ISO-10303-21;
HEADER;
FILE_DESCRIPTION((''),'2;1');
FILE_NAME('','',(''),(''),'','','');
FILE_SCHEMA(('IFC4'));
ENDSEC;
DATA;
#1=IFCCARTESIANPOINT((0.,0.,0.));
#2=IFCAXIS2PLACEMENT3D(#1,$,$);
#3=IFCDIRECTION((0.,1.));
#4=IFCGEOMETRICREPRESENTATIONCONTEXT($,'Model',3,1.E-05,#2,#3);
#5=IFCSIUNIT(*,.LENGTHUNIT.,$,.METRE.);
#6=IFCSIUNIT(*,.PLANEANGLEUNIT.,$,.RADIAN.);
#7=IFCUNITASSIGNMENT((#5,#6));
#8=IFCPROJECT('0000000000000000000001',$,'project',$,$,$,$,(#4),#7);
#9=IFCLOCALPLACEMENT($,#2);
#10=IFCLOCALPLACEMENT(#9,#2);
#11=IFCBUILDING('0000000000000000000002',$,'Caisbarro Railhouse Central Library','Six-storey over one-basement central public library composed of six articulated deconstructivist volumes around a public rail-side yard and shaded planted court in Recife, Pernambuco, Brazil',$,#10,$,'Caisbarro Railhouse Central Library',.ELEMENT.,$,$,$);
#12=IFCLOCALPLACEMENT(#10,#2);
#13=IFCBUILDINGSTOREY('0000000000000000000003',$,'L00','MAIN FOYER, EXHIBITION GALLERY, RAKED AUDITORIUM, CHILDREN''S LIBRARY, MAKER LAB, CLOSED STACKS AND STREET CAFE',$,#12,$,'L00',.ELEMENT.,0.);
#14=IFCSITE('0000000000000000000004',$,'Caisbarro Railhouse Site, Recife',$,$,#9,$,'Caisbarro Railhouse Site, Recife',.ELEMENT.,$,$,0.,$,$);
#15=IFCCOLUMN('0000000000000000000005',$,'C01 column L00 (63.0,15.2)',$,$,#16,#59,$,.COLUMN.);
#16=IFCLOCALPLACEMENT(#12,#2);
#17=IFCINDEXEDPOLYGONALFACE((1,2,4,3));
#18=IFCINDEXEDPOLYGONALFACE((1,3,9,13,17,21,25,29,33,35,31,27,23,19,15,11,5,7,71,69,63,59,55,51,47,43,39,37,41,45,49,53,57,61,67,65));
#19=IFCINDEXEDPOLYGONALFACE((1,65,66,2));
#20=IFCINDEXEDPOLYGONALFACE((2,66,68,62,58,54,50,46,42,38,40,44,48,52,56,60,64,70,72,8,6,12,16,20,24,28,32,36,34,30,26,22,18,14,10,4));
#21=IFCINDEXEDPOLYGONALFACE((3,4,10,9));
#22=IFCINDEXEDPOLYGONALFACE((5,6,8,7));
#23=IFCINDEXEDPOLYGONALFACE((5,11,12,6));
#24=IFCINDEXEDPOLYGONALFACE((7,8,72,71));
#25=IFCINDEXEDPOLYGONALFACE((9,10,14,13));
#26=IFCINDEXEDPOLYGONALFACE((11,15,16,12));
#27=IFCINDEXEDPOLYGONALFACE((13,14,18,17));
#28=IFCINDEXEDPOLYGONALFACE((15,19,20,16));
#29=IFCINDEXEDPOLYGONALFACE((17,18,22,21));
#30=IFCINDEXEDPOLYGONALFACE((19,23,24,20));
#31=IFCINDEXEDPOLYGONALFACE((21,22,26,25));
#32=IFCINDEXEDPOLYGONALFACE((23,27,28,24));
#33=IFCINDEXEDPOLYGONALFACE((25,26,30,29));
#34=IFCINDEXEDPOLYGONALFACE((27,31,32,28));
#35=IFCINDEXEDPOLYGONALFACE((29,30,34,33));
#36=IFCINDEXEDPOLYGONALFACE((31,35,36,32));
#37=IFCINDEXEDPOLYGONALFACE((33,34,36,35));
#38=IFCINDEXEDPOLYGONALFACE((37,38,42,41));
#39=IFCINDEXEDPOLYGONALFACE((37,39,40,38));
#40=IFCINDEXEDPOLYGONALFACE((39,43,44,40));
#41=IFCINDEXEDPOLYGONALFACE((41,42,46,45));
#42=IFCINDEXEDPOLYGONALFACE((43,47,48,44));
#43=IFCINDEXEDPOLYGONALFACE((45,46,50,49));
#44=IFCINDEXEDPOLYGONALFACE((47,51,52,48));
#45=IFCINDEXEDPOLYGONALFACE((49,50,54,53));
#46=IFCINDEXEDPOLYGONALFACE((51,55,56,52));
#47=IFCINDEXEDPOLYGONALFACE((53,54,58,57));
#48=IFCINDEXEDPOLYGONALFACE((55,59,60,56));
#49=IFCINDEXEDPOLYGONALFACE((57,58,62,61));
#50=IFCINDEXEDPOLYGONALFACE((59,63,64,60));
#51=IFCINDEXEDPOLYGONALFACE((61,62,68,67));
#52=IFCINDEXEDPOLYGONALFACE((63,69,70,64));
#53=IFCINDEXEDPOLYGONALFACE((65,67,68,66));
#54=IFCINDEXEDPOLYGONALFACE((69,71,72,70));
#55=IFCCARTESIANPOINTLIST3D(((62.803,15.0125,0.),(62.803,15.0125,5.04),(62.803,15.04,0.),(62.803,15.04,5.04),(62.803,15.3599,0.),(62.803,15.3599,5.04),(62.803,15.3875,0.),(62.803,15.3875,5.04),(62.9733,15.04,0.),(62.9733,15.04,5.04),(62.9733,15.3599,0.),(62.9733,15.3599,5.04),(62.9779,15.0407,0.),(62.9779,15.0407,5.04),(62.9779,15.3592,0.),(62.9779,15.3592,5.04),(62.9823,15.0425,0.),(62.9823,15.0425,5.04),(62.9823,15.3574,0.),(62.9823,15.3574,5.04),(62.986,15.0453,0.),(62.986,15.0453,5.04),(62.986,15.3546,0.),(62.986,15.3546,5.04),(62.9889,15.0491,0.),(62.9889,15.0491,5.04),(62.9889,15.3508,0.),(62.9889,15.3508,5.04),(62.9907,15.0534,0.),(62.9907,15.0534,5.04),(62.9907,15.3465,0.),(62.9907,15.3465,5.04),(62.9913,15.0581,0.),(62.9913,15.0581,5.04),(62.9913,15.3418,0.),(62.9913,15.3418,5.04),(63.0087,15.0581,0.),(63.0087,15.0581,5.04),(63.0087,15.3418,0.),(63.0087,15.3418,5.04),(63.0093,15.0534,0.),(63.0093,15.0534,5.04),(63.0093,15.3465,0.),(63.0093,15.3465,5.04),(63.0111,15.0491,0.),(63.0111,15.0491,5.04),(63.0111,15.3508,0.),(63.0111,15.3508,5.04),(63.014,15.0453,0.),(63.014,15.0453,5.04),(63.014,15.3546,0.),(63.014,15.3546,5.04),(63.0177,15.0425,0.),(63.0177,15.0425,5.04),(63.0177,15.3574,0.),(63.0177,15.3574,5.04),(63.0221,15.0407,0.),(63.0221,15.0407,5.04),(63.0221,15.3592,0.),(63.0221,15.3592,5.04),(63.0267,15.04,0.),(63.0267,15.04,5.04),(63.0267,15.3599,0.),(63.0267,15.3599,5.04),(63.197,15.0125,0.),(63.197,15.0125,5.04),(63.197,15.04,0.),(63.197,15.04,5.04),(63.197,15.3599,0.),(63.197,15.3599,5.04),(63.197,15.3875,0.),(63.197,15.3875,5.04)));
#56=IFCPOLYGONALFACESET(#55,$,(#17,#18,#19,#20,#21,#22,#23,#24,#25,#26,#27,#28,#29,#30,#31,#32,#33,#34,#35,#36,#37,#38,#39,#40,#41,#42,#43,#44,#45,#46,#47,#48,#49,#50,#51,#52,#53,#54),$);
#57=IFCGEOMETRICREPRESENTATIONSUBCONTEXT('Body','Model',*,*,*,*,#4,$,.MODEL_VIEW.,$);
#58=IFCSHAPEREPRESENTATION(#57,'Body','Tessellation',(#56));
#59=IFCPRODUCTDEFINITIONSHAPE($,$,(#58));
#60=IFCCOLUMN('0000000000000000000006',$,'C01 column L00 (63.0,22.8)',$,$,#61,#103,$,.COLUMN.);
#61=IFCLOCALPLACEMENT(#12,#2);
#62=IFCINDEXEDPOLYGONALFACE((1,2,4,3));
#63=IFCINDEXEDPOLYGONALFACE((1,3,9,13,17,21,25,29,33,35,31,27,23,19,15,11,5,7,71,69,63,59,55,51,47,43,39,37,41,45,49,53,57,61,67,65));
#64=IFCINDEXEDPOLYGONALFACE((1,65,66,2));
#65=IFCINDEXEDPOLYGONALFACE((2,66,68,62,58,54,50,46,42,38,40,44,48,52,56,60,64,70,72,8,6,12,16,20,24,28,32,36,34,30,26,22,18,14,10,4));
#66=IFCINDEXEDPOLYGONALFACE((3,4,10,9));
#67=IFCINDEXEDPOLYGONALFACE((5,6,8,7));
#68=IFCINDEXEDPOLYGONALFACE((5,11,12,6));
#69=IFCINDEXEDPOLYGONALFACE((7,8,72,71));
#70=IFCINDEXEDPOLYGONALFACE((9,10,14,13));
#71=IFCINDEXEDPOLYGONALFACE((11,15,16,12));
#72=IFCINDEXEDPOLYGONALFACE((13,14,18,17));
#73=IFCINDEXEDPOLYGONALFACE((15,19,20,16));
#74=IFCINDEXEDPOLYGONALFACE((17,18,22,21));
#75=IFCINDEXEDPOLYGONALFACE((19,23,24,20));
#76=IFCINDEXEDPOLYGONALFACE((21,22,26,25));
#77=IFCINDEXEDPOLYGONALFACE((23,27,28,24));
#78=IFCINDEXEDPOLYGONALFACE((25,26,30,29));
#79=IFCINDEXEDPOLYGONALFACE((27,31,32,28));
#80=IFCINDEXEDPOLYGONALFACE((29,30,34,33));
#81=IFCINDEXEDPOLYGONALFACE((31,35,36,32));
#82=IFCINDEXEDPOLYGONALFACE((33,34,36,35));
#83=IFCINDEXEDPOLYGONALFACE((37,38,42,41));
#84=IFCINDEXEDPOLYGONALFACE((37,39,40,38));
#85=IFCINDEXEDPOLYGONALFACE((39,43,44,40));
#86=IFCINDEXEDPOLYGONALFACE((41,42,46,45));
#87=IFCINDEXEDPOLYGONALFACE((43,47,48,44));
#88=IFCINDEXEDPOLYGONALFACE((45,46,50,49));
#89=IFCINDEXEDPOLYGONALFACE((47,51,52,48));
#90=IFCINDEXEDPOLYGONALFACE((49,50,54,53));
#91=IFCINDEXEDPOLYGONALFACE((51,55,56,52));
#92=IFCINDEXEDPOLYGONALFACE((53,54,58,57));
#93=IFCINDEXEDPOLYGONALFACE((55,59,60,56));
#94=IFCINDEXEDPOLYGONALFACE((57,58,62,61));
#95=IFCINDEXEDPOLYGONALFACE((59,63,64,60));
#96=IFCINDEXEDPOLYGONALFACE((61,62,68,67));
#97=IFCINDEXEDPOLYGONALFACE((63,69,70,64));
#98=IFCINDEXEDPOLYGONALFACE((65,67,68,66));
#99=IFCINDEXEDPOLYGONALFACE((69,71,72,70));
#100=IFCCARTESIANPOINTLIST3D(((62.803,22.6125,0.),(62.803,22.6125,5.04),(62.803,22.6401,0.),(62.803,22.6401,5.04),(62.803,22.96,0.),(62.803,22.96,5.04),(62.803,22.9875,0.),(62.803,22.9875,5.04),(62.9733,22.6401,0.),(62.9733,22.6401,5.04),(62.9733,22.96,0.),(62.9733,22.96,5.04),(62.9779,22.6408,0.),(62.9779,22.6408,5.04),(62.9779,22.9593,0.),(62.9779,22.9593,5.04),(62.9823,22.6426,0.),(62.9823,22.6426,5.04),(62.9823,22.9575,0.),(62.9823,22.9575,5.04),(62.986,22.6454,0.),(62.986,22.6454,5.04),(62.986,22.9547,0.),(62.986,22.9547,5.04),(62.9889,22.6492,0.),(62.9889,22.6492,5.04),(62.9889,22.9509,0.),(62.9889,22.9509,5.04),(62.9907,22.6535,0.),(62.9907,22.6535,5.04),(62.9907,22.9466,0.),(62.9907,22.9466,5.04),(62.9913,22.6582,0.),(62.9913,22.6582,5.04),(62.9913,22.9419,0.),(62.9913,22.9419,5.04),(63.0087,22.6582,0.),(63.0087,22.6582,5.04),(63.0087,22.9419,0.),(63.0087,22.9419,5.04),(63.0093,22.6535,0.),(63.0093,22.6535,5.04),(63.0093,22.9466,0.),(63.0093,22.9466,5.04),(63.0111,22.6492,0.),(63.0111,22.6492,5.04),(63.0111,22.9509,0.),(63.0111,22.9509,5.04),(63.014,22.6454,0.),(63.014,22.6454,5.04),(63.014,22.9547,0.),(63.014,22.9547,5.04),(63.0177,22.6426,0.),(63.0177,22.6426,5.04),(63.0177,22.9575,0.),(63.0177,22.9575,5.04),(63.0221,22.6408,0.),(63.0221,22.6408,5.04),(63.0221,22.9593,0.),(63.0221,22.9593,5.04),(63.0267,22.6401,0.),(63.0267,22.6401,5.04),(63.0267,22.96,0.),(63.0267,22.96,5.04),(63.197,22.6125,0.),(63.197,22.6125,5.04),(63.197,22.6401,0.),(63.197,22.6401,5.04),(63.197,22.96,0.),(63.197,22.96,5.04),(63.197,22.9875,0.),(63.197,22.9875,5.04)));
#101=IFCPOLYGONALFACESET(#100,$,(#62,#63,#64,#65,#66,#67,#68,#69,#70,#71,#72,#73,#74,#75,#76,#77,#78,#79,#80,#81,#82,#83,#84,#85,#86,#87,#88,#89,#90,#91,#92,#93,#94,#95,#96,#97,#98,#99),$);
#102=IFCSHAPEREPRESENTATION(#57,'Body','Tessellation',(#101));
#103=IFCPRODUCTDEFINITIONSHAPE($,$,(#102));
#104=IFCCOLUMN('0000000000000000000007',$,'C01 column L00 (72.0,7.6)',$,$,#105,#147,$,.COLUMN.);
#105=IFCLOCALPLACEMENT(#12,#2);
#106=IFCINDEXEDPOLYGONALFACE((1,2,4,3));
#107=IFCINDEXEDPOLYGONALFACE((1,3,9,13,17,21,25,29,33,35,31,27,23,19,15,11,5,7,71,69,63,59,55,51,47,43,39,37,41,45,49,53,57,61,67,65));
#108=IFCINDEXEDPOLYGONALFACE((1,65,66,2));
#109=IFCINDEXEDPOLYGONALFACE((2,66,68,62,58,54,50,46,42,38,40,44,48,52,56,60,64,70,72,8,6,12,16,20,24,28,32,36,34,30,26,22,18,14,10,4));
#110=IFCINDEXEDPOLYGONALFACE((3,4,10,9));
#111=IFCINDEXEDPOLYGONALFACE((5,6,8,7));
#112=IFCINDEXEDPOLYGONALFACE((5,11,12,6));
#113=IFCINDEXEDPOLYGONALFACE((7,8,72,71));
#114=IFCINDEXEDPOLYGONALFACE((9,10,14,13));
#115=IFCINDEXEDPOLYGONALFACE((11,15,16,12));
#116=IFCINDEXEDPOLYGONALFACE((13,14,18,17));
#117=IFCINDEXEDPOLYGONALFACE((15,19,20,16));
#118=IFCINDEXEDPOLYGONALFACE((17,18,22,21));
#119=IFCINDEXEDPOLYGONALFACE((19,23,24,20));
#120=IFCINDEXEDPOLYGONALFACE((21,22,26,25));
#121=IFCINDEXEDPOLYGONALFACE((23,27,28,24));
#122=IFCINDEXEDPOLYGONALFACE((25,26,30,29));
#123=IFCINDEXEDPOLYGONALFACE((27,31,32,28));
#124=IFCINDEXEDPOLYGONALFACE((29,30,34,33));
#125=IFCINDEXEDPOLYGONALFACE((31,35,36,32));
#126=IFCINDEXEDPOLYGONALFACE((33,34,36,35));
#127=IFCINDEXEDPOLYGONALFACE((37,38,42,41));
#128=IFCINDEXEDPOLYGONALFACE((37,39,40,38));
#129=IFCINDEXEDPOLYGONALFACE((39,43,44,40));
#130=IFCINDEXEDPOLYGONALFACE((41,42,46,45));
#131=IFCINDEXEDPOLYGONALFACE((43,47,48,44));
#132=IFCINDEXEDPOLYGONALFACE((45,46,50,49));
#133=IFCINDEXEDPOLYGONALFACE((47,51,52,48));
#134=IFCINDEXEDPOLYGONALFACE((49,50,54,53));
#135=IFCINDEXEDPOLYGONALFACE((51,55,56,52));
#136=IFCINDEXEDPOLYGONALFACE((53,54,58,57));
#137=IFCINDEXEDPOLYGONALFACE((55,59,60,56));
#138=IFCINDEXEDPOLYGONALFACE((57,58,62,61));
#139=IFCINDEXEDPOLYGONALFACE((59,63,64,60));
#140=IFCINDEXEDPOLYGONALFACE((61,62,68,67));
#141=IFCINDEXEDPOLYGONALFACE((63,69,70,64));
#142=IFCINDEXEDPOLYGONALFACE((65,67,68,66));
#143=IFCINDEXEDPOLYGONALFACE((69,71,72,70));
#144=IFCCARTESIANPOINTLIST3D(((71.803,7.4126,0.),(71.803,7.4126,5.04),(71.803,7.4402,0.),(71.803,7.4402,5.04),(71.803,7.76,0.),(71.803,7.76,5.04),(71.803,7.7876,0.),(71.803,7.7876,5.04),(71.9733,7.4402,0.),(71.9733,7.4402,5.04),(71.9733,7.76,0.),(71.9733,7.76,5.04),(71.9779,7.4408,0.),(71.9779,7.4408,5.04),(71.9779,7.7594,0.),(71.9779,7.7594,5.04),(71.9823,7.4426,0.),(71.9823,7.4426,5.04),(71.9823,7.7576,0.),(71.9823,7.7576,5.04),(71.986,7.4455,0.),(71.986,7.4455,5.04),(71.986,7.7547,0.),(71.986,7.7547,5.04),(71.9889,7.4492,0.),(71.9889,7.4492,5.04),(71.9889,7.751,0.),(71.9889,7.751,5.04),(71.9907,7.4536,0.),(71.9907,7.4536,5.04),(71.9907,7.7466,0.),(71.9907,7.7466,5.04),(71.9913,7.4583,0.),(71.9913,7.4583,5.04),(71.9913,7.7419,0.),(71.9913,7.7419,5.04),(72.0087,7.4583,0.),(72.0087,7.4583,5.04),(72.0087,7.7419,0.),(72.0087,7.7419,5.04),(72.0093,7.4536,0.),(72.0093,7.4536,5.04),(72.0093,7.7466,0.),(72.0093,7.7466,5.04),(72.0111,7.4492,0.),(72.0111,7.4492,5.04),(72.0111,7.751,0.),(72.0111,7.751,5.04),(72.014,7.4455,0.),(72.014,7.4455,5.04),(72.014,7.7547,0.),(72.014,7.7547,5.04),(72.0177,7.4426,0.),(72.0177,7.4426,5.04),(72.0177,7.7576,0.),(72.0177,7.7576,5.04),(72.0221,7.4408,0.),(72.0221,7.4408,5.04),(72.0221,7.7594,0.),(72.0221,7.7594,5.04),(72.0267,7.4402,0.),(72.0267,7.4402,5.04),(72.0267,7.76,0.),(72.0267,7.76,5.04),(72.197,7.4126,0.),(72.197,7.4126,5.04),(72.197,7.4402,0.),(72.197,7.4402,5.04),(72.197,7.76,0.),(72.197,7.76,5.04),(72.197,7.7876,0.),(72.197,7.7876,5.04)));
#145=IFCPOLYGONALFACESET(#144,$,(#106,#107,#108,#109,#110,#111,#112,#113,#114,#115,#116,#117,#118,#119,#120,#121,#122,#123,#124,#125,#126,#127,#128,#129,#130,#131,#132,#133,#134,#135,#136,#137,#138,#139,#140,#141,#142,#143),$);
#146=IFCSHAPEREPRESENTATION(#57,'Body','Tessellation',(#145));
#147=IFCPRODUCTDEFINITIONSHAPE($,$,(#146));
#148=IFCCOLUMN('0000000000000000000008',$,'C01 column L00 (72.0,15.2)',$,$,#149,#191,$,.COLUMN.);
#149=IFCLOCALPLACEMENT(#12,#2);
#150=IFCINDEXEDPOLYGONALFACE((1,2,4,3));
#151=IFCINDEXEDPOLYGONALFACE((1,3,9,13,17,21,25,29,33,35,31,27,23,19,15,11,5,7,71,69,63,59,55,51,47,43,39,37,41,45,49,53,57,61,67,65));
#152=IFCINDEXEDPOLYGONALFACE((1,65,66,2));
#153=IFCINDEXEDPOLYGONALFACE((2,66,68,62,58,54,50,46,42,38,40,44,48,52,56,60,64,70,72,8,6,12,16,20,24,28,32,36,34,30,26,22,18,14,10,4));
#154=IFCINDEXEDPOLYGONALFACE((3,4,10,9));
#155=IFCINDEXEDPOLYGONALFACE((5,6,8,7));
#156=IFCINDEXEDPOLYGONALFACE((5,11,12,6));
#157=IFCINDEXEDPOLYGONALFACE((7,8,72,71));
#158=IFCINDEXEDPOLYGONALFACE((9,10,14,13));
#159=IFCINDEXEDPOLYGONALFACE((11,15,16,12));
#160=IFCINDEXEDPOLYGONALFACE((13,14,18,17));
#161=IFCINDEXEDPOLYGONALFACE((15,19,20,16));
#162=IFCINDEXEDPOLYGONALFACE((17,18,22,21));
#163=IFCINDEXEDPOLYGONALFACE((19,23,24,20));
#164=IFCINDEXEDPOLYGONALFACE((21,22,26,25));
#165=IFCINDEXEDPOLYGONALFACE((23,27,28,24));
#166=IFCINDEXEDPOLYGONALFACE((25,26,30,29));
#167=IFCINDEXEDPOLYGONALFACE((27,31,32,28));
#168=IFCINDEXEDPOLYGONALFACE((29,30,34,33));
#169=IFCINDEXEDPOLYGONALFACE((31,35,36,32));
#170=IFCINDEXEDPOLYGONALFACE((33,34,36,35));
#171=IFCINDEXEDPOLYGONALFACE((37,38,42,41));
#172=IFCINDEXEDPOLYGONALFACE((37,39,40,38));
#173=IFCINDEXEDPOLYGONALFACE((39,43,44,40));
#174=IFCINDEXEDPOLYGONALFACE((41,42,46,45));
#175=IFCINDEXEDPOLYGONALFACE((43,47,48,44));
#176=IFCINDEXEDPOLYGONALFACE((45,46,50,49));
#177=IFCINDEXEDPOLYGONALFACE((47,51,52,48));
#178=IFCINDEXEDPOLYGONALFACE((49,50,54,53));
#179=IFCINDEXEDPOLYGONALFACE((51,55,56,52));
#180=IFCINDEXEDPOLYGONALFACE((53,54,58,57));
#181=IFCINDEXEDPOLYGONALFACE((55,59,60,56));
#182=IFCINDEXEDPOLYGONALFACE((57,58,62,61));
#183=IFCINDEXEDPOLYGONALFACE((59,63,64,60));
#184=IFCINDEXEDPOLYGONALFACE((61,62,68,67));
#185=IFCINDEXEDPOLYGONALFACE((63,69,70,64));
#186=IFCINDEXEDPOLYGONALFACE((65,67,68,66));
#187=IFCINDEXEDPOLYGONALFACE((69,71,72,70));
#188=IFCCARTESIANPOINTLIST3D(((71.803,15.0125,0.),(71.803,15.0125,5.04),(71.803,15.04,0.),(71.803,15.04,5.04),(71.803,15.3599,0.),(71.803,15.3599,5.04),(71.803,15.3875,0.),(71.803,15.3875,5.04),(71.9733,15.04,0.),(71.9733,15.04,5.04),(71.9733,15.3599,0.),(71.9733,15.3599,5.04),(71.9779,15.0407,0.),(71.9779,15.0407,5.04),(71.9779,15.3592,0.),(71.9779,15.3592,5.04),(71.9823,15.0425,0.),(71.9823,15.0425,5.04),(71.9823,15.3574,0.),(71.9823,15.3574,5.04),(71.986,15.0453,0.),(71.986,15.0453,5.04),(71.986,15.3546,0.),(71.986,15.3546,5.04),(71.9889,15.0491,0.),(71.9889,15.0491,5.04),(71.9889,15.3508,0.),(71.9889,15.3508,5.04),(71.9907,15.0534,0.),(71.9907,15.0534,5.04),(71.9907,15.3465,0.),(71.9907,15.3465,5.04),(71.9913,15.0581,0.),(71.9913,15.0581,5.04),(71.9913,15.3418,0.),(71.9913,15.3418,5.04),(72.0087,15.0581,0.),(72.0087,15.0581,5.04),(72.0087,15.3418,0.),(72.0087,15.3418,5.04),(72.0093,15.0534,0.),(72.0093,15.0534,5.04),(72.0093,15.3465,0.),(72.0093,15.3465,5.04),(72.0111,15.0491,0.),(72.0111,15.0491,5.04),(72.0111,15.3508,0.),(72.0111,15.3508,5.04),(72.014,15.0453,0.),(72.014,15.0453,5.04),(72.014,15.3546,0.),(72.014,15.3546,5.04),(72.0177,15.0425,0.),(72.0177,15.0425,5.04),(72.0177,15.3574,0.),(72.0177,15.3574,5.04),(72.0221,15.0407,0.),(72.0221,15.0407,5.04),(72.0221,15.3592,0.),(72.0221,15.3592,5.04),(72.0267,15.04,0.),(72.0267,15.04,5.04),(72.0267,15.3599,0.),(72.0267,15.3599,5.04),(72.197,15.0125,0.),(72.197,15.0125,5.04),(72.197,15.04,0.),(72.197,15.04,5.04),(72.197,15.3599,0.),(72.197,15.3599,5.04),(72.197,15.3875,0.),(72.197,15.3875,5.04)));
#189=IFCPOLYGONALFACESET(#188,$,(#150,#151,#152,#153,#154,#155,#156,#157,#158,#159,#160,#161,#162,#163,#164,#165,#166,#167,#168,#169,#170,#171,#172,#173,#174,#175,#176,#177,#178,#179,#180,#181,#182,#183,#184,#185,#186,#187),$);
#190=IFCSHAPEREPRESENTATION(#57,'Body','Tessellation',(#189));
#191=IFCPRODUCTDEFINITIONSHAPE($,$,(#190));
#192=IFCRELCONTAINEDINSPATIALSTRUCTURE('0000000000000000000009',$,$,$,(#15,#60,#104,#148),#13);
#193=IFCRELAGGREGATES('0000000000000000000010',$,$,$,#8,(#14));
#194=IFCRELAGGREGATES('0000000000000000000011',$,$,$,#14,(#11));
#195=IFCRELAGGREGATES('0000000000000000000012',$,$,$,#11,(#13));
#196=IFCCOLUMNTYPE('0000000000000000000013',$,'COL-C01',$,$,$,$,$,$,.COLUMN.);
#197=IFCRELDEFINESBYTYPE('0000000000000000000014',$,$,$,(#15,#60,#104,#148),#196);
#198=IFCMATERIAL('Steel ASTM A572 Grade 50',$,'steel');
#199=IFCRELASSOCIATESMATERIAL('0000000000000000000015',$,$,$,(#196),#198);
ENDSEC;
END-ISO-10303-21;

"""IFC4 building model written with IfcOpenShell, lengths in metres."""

from ifc_helpers import new_model, si_unit, direction, frame, origin, origin_2d, place, context, subcontext, project, spatial, i_section, extrude, material, material_profile, profile_set, type_object, element, save


model = new_model("IFC4")

# Units and contexts
model_context = context("Model", 3, precision=1e-05, world=origin(), true_north=direction((0.0, 1.0)))
body_context = subcontext(model_context, "Body", "Model", "MODEL_VIEW")
ifc_project = project(units=[si_unit("LENGTHUNIT", "METRE"), si_unit("PLANEANGLEUNIT", "RADIAN")], contexts=[model_context])

# Site, building, storey
site_placement = place(None, origin())
site = spatial("IfcSite", under=ifc_project, at=site_placement, Name="Caisbarro Railhouse Site, Recife", LongName="Caisbarro Railhouse Site, Recife", CompositionType="ELEMENT", RefElevation=0.0)
building_placement = place(site_placement, origin())
building = spatial("IfcBuilding", under=site, at=building_placement, Name="Caisbarro Railhouse Central Library", Description="Six-storey over one-basement central public library composed of six articulated deconstructivist volumes around a public rail-side yard and shaded planted court in Recife, Pernambuco, Brazil", LongName="Caisbarro Railhouse Central Library", CompositionType="ELEMENT")
storey_placement = place(building_placement, origin())
storey = spatial("IfcBuildingStorey", under=building, at=storey_placement, Name="L00", Description="MAIN FOYER, EXHIBITION GALLERY, RAKED AUDITORIUM, CHILDREN'S LIBRARY, MAKER LAB, CLOSED STACKS AND STREET CAFE", LongName="L00", CompositionType="ELEMENT", Elevation=0.0)

# Columns
ifc_material_1 = material(Name="Steel ASTM A572 Grade 50", Category="steel")
ifc_material_profile_1 = material_profile(ifc_material_1, i_section(OverallWidth=0.394, OverallDepth=0.375, WebThickness=0.0173, FlangeThickness=0.0276, FilletRadius=0.0181, at=origin_2d()), Name="W360X216.0")
ifc_profile_set_1 = profile_set([ifc_material_profile_1], Name="Steel ASTM A572 Grade 50")
column_type = type_object("IfcColumnType", Name="COL-C01", PredefinedType="COLUMN", material=ifc_profile_set_1)
for number, where, z_axis, x_axis, name in (
    (1, (63.0, 15.2, 0.0), (0.0, 0.0, 1.0), (1.0, 0.0, 0.0), "C01 column L00 (63.0,15.2)"),
    (2, (63.0, 22.8, 0.0), (0.0, 0.0, 1.0), (1.0, 0.0, 0.0), "C01 column L00 (63.0,22.8)"),
    (3, (72.0, 7.6001, 0.0), (0.0, 0.0, 1.0), (1.0, 0.0, 0.0), "C01 column L00 (72.0,7.6)"),
    (4, (72.0, 15.2, 0.0), (0.0, 0.0, 1.0), (1.0, 0.0, 0.0), "C01 column L00 (72.0,15.2)"),
):
    element("IfcColumn", number, at=place(storey_placement, frame(where, z_axis=z_axis, x_axis=x_axis)), inside=storey, type_object=column_type, Name=name, PredefinedType="COLUMN", context=body_context, shape_type="SweptSolid", body=[
        extrude(i_section(OverallWidth=0.394, OverallDepth=0.375, WebThickness=0.0173, FlangeThickness=0.0276, FilletRadius=0.0181, at=origin_2d()), origin(), (0.0, 0.0, 1.0), 5.04),
    ])

save(model, "model.ifc")
